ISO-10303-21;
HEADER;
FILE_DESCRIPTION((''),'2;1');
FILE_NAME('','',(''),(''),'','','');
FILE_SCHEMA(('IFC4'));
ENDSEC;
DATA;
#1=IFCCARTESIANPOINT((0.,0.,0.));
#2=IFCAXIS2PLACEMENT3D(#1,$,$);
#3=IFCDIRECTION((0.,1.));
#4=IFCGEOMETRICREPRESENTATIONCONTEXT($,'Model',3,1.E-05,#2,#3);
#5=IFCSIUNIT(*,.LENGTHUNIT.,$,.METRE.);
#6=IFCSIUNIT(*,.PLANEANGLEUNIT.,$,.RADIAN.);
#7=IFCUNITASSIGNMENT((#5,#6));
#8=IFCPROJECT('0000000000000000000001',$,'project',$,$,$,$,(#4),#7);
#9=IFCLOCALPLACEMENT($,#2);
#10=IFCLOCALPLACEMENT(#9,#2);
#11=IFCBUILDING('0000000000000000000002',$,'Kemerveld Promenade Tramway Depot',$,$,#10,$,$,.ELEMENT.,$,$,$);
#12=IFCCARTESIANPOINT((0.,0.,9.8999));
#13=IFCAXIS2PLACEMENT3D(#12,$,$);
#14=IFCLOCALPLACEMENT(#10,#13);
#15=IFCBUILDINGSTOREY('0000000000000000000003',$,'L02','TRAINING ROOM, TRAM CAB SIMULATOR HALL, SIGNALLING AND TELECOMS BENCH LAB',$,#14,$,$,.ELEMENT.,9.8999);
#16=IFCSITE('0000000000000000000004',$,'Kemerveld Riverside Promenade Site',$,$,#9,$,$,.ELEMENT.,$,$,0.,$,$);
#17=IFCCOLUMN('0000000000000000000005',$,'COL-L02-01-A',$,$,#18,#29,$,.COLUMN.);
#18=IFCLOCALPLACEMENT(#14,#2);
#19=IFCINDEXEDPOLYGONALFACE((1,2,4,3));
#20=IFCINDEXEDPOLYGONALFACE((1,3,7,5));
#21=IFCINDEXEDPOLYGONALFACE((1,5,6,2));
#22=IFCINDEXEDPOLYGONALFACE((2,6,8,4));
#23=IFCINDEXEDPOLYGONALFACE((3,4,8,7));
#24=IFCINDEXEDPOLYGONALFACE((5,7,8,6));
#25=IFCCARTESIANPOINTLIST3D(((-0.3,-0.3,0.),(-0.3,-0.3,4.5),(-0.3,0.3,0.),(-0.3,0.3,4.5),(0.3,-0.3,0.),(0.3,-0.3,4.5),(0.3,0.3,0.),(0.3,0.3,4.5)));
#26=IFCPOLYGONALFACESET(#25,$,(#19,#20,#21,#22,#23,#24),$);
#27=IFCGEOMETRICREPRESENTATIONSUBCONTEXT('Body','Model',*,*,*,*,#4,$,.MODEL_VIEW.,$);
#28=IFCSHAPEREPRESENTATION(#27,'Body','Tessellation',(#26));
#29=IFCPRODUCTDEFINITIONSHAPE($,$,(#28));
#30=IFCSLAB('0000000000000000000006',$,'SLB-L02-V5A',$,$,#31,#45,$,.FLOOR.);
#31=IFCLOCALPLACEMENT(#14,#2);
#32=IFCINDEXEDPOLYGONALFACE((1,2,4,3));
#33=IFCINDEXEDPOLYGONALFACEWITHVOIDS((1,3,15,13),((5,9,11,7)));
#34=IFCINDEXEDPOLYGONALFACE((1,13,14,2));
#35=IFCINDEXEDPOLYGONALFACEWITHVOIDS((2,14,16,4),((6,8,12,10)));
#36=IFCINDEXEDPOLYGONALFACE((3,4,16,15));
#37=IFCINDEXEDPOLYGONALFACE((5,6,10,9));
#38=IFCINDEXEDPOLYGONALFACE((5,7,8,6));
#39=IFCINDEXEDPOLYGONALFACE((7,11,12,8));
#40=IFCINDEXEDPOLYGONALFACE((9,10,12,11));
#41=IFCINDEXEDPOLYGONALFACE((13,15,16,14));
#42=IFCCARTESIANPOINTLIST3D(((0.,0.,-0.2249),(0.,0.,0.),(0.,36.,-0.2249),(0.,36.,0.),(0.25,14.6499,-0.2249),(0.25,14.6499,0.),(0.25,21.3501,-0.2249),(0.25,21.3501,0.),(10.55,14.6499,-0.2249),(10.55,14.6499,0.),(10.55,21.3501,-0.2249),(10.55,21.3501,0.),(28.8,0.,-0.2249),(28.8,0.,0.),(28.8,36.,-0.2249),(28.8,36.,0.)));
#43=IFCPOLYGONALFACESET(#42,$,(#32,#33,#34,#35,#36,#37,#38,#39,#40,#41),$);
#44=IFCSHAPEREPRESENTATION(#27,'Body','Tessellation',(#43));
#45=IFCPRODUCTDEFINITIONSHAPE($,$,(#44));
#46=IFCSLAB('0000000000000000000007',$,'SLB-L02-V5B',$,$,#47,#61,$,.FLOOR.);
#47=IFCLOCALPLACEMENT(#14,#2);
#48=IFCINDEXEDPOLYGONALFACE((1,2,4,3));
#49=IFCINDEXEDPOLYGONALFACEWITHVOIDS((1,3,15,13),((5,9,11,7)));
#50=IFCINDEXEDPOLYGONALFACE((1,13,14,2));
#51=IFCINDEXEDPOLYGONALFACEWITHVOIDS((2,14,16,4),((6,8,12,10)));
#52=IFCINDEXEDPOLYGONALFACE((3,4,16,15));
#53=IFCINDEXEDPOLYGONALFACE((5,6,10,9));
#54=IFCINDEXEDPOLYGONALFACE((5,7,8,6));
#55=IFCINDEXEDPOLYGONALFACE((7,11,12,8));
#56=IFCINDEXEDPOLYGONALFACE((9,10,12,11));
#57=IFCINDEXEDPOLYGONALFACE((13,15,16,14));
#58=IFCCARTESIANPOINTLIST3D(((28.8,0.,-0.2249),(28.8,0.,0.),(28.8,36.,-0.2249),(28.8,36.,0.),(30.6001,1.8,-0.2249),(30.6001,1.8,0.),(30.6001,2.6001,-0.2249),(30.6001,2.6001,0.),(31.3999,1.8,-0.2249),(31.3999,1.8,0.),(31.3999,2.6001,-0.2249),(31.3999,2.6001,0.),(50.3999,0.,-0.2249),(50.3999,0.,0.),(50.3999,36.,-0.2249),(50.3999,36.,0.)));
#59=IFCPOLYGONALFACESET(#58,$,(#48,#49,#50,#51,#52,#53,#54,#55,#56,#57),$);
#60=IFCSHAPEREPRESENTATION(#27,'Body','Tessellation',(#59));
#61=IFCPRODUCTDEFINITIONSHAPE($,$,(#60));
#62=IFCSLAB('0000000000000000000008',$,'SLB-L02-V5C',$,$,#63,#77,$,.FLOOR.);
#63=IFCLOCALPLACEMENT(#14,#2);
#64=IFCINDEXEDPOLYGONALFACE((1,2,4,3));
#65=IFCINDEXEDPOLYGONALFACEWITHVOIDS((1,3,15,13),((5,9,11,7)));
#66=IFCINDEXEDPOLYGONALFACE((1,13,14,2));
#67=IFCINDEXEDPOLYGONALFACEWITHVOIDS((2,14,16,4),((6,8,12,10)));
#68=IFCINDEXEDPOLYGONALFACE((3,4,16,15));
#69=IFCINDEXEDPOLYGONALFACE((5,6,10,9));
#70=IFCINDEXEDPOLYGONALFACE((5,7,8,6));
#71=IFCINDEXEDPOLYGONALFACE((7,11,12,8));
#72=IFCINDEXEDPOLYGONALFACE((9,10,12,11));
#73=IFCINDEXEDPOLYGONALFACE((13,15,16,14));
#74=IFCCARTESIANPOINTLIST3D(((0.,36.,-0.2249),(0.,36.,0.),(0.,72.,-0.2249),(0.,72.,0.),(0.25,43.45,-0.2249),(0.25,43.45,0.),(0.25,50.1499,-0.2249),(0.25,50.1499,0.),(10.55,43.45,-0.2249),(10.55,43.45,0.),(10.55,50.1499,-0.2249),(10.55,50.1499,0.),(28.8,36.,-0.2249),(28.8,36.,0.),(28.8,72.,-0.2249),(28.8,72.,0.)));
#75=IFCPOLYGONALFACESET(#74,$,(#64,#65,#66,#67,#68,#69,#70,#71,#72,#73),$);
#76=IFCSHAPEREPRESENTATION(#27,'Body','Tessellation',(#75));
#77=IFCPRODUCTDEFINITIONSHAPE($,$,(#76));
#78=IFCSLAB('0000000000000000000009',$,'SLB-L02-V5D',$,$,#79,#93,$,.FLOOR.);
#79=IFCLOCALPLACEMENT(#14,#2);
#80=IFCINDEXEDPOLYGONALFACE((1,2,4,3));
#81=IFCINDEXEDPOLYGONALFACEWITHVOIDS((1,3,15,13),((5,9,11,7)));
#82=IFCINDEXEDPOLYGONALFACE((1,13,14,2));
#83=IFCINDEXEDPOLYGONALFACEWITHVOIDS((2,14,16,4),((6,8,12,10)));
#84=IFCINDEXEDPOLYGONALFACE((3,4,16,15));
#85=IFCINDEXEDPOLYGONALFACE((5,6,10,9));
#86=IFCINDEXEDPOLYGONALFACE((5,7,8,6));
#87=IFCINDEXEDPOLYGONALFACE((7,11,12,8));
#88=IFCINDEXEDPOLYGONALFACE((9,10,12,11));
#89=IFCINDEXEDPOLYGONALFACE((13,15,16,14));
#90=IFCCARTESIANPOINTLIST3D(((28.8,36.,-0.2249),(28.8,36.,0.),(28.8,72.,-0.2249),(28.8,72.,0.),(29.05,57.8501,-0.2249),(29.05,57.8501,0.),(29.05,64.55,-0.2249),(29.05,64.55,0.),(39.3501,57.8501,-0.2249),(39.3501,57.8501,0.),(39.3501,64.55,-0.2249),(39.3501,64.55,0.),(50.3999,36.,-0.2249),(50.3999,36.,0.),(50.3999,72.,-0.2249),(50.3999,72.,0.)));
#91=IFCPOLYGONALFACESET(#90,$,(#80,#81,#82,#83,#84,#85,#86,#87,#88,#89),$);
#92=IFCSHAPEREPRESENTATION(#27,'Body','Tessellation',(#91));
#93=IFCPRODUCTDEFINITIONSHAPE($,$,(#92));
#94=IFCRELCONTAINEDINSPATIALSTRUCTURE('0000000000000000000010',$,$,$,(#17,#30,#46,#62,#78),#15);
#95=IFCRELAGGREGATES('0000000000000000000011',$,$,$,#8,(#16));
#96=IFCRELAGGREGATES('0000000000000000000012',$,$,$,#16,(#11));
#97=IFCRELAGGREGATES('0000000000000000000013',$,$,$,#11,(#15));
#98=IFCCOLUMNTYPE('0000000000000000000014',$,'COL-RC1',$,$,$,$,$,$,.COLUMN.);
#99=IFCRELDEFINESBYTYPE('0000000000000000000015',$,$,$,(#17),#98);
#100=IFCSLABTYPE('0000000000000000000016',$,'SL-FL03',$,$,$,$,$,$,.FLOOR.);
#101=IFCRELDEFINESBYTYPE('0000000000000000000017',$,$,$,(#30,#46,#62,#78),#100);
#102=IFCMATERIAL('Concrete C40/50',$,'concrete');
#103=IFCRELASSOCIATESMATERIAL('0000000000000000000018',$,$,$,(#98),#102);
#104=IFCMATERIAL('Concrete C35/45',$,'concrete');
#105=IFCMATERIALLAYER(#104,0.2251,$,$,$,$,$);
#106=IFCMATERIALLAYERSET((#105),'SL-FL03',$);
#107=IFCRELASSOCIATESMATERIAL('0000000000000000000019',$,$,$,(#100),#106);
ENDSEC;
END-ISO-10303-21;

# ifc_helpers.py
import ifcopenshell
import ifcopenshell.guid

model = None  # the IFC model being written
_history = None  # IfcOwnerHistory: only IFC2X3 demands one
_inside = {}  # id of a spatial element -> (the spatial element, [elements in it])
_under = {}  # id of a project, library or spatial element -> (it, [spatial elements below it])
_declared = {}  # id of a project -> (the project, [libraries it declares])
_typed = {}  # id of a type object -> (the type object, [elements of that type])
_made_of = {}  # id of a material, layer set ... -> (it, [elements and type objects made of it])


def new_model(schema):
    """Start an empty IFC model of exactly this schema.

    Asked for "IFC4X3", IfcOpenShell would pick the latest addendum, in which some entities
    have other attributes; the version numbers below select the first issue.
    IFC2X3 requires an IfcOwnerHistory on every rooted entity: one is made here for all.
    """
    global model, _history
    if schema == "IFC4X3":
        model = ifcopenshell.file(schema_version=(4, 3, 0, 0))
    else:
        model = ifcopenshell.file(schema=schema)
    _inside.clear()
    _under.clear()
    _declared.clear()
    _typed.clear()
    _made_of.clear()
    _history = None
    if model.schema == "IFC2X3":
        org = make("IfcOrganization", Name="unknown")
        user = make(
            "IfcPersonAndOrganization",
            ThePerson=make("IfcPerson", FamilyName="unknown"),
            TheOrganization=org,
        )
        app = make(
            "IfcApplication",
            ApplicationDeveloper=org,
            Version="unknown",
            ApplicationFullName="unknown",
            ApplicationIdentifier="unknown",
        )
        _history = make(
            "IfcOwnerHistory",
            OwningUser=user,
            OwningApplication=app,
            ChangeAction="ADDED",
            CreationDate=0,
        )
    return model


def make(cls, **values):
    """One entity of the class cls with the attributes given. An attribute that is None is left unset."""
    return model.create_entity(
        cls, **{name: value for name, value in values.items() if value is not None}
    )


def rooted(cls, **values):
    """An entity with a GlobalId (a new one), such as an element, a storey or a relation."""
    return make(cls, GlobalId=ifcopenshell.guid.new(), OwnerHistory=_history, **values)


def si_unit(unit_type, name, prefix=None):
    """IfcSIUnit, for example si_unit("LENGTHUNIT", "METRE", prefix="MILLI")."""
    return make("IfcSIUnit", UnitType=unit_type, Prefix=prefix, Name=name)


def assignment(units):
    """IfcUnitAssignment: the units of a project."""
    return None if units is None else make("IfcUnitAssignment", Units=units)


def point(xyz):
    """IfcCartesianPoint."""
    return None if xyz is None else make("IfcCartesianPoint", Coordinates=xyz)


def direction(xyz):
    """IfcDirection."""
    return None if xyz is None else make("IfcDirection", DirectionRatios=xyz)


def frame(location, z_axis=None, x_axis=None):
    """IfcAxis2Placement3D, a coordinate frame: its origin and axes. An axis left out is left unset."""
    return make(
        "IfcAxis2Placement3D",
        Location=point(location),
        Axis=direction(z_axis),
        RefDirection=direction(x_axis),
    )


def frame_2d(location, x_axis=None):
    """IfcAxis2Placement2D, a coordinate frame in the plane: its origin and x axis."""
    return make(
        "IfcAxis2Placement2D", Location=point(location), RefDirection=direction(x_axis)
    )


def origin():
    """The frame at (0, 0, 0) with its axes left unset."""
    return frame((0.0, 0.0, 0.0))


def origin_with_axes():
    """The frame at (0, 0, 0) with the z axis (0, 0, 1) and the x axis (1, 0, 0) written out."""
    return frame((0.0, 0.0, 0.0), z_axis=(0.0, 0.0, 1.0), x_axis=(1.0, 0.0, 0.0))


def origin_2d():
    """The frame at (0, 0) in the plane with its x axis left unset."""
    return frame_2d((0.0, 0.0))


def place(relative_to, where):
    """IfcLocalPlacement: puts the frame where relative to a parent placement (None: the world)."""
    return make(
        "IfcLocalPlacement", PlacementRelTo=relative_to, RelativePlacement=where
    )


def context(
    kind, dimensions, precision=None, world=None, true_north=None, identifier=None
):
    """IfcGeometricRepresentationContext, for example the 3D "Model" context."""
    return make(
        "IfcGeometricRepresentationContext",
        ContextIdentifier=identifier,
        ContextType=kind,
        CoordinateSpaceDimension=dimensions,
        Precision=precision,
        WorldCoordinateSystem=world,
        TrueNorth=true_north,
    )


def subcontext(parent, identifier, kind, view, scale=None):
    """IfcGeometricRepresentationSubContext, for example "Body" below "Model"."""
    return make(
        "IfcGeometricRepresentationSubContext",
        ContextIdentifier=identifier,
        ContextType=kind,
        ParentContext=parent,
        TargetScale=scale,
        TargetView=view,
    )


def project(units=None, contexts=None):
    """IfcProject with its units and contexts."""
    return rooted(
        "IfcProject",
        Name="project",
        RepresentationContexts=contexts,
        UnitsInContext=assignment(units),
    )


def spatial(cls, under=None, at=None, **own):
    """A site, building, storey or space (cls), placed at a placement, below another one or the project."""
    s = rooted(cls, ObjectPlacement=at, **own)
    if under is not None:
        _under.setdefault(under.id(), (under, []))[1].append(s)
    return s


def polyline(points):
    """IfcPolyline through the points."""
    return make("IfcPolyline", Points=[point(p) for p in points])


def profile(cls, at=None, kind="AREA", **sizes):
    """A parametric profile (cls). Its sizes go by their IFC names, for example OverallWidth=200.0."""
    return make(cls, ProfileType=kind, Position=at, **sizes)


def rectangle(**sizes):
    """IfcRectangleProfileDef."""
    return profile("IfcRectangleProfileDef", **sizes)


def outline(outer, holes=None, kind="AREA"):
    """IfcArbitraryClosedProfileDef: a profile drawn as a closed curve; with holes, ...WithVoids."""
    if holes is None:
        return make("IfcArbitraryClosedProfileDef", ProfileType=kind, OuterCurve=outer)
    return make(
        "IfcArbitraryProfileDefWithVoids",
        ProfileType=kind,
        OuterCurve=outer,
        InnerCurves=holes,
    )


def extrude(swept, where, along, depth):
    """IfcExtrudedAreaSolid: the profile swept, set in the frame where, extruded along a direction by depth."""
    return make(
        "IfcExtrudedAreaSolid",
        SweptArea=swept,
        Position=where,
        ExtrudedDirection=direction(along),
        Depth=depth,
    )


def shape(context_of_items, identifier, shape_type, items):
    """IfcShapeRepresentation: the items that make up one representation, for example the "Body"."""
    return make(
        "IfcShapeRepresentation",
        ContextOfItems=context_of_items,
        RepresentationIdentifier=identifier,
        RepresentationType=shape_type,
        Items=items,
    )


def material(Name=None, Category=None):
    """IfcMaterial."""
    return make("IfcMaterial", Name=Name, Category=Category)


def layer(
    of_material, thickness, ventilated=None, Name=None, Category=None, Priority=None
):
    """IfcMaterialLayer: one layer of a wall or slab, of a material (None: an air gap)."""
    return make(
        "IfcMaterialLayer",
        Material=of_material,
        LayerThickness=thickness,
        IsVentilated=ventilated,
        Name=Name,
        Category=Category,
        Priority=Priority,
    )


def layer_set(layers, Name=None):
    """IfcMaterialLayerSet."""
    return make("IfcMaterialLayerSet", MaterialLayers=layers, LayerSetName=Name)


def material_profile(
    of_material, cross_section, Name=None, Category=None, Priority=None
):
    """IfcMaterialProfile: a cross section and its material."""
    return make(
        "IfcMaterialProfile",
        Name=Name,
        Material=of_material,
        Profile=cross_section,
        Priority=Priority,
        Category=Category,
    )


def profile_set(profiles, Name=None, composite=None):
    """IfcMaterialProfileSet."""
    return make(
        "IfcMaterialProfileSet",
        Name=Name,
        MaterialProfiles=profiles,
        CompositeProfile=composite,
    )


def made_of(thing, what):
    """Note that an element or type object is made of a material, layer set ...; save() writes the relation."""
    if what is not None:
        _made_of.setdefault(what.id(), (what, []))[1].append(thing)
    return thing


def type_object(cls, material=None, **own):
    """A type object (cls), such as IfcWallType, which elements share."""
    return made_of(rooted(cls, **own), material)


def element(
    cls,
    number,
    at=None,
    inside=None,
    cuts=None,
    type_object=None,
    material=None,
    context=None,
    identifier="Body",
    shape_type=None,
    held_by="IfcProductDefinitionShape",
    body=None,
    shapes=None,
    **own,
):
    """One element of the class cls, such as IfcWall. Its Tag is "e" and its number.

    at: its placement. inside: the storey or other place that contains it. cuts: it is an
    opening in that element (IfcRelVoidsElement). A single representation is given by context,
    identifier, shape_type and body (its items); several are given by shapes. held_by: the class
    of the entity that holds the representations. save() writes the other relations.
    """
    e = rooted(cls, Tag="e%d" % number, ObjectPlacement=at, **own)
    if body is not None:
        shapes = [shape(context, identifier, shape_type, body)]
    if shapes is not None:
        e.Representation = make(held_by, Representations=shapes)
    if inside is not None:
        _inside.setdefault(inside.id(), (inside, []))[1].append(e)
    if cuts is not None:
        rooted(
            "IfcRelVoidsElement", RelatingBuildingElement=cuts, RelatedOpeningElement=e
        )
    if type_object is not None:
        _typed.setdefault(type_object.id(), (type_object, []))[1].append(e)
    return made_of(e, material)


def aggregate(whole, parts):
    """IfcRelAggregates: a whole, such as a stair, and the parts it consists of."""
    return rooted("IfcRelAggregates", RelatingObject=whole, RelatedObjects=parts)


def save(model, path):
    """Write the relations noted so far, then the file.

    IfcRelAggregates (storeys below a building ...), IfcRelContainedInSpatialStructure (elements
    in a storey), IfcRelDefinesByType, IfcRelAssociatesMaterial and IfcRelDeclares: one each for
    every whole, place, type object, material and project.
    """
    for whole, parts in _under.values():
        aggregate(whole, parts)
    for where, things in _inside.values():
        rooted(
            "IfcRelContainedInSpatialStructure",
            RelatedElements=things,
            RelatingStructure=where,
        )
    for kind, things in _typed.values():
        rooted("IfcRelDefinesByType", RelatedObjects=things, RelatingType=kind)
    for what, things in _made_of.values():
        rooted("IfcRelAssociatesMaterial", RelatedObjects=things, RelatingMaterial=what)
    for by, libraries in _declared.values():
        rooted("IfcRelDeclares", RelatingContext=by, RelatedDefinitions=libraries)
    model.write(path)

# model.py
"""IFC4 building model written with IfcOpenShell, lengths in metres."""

from ifc_helpers import new_model, si_unit, direction, frame, origin, origin_with_axes, origin_2d, place, context, subcontext, project, spatial, polyline, rectangle, outline, extrude, material, layer, layer_set, material_profile, profile_set, type_object, element, save


model = new_model("IFC4")

# Units and contexts
model_context = context("Model", 3, precision=1e-05, world=origin(), true_north=direction((0.0, 1.0)))
body_context = subcontext(model_context, "Body", "Model", "MODEL_VIEW")
ifc_project = project(units=[si_unit("LENGTHUNIT", "METRE"), si_unit("PLANEANGLEUNIT", "RADIAN")], contexts=[model_context])

# Site, building, storey
site_placement = place(None, origin())
site = spatial("IfcSite", under=ifc_project, at=site_placement, Name="Kemerveld Riverside Promenade Site", CompositionType="ELEMENT", RefElevation=0.0)
building_placement = place(site_placement, origin())
building = spatial("IfcBuilding", under=site, at=building_placement, Name="Kemerveld Promenade Tramway Depot", CompositionType="ELEMENT")
storey_placement = place(building_placement, frame((0.0, 0.0, 9.8999)))
storey = spatial("IfcBuildingStorey", under=building, at=storey_placement, Name="L02", Description="TRAINING ROOM, TRAM CAB SIMULATOR HALL, SIGNALLING AND TELECOMS BENCH LAB", CompositionType="ELEMENT", Elevation=9.8999)

# Column
ifc_material_1 = material(Name="Concrete C40/50", Category="concrete")
ifc_material_profile = material_profile(ifc_material_1, rectangle(XDim=0.6001, YDim=0.6001, at=origin_2d()), Name="RC-COL-600x600")
ifc_profile_set = profile_set([ifc_material_profile], Name="Concrete C40/50")
column_type = type_object("IfcColumnType", Name="COL-RC1", PredefinedType="COLUMN", material=ifc_profile_set)
column_placement = place(storey_placement, origin_with_axes())
element("IfcColumn", 1, at=column_placement, inside=storey, type_object=column_type, Name="COL-L02-01-A", PredefinedType="COLUMN", context=body_context, shape_type="SweptSolid", body=[
    extrude(rectangle(XDim=0.6001, YDim=0.6001, at=origin_2d()), origin(), (0.0, 0.0, 1.0), 4.5),
])

# Slabs
ifc_material_2 = material(Name="Concrete C35/45", Category="concrete")
ifc_layer_1 = layer(ifc_material_2, 0.2251)
ifc_layer_set_1 = layer_set([ifc_layer_1], Name="SL-FL03")
slab_type_1 = type_object("IfcSlabType", Name="SL-FL03", PredefinedType="FLOOR", material=ifc_layer_set_1)
slab_1_placement = place(storey_placement, frame((0.0, 0.0, -0.2249)))
element("IfcSlab", 2, at=slab_1_placement, inside=storey, type_object=slab_type_1, Name="SLB-L02-V5A", PredefinedType="FLOOR", context=body_context, shape_type="SweptSolid", body=[
    extrude(outline(polyline([(0.0, 0.0), (28.8, 0.0), (28.8, 36.0), (0.0, 36.0), (0.0, 0.0)]), holes=[polyline([(0.25, 14.6499), (10.55, 14.6499), (10.55, 21.3501), (0.25, 21.3501), (0.25, 14.6499)])]), origin(), (0.0, 0.0, 1.0), 0.2249),
])
slab_2_placement = place(storey_placement, frame((0.0, 0.0, -0.2249)))
element("IfcSlab", 3, at=slab_2_placement, inside=storey, type_object=slab_type_1, Name="SLB-L02-V5B", PredefinedType="FLOOR", context=body_context, shape_type="SweptSolid", body=[
    extrude(outline(polyline([(28.8, 0.0), (50.3999, 0.0), (50.3999, 36.0), (28.8, 36.0), (28.8, 0.0)]), holes=[polyline([(30.6001, 1.8), (31.3999, 1.8), (31.3999, 2.6001), (30.6001, 2.6001), (30.6001, 1.8)])]), origin(), (0.0, 0.0, 1.0), 0.2249),
])
slab_3_placement = place(storey_placement, frame((0.0, 0.0, -0.2249)))
element("IfcSlab", 4, at=slab_3_placement, inside=storey, type_object=slab_type_1, Name="SLB-L02-V5C", PredefinedType="FLOOR", context=body_context, shape_type="SweptSolid", body=[
    extrude(outline(polyline([(0.0, 36.0), (28.8, 36.0), (28.8, 72.0), (0.0, 72.0), (0.0, 36.0)]), holes=[polyline([(0.25, 43.45), (10.55, 43.45), (10.55, 50.1499), (0.25, 50.1499), (0.25, 43.45)])]), origin(), (0.0, 0.0, 1.0), 0.2249),
])
slab_4_placement = place(storey_placement, frame((0.0, 0.0, -0.2249)))
element("IfcSlab", 5, at=slab_4_placement, inside=storey, type_object=slab_type_1, Name="SLB-L02-V5D", PredefinedType="FLOOR", context=body_context, shape_type="SweptSolid", body=[
    extrude(outline(polyline([(28.8, 36.0), (50.3999, 36.0), (50.3999, 72.0), (28.8, 72.0), (28.8, 36.0)]), holes=[polyline([(29.05, 57.8501), (39.3501, 57.8501), (39.3501, 64.55), (29.05, 64.55), (29.05, 57.8501)])]), origin(), (0.0, 0.0, 1.0), 0.2249),
])

save(model, "model.ifc")
